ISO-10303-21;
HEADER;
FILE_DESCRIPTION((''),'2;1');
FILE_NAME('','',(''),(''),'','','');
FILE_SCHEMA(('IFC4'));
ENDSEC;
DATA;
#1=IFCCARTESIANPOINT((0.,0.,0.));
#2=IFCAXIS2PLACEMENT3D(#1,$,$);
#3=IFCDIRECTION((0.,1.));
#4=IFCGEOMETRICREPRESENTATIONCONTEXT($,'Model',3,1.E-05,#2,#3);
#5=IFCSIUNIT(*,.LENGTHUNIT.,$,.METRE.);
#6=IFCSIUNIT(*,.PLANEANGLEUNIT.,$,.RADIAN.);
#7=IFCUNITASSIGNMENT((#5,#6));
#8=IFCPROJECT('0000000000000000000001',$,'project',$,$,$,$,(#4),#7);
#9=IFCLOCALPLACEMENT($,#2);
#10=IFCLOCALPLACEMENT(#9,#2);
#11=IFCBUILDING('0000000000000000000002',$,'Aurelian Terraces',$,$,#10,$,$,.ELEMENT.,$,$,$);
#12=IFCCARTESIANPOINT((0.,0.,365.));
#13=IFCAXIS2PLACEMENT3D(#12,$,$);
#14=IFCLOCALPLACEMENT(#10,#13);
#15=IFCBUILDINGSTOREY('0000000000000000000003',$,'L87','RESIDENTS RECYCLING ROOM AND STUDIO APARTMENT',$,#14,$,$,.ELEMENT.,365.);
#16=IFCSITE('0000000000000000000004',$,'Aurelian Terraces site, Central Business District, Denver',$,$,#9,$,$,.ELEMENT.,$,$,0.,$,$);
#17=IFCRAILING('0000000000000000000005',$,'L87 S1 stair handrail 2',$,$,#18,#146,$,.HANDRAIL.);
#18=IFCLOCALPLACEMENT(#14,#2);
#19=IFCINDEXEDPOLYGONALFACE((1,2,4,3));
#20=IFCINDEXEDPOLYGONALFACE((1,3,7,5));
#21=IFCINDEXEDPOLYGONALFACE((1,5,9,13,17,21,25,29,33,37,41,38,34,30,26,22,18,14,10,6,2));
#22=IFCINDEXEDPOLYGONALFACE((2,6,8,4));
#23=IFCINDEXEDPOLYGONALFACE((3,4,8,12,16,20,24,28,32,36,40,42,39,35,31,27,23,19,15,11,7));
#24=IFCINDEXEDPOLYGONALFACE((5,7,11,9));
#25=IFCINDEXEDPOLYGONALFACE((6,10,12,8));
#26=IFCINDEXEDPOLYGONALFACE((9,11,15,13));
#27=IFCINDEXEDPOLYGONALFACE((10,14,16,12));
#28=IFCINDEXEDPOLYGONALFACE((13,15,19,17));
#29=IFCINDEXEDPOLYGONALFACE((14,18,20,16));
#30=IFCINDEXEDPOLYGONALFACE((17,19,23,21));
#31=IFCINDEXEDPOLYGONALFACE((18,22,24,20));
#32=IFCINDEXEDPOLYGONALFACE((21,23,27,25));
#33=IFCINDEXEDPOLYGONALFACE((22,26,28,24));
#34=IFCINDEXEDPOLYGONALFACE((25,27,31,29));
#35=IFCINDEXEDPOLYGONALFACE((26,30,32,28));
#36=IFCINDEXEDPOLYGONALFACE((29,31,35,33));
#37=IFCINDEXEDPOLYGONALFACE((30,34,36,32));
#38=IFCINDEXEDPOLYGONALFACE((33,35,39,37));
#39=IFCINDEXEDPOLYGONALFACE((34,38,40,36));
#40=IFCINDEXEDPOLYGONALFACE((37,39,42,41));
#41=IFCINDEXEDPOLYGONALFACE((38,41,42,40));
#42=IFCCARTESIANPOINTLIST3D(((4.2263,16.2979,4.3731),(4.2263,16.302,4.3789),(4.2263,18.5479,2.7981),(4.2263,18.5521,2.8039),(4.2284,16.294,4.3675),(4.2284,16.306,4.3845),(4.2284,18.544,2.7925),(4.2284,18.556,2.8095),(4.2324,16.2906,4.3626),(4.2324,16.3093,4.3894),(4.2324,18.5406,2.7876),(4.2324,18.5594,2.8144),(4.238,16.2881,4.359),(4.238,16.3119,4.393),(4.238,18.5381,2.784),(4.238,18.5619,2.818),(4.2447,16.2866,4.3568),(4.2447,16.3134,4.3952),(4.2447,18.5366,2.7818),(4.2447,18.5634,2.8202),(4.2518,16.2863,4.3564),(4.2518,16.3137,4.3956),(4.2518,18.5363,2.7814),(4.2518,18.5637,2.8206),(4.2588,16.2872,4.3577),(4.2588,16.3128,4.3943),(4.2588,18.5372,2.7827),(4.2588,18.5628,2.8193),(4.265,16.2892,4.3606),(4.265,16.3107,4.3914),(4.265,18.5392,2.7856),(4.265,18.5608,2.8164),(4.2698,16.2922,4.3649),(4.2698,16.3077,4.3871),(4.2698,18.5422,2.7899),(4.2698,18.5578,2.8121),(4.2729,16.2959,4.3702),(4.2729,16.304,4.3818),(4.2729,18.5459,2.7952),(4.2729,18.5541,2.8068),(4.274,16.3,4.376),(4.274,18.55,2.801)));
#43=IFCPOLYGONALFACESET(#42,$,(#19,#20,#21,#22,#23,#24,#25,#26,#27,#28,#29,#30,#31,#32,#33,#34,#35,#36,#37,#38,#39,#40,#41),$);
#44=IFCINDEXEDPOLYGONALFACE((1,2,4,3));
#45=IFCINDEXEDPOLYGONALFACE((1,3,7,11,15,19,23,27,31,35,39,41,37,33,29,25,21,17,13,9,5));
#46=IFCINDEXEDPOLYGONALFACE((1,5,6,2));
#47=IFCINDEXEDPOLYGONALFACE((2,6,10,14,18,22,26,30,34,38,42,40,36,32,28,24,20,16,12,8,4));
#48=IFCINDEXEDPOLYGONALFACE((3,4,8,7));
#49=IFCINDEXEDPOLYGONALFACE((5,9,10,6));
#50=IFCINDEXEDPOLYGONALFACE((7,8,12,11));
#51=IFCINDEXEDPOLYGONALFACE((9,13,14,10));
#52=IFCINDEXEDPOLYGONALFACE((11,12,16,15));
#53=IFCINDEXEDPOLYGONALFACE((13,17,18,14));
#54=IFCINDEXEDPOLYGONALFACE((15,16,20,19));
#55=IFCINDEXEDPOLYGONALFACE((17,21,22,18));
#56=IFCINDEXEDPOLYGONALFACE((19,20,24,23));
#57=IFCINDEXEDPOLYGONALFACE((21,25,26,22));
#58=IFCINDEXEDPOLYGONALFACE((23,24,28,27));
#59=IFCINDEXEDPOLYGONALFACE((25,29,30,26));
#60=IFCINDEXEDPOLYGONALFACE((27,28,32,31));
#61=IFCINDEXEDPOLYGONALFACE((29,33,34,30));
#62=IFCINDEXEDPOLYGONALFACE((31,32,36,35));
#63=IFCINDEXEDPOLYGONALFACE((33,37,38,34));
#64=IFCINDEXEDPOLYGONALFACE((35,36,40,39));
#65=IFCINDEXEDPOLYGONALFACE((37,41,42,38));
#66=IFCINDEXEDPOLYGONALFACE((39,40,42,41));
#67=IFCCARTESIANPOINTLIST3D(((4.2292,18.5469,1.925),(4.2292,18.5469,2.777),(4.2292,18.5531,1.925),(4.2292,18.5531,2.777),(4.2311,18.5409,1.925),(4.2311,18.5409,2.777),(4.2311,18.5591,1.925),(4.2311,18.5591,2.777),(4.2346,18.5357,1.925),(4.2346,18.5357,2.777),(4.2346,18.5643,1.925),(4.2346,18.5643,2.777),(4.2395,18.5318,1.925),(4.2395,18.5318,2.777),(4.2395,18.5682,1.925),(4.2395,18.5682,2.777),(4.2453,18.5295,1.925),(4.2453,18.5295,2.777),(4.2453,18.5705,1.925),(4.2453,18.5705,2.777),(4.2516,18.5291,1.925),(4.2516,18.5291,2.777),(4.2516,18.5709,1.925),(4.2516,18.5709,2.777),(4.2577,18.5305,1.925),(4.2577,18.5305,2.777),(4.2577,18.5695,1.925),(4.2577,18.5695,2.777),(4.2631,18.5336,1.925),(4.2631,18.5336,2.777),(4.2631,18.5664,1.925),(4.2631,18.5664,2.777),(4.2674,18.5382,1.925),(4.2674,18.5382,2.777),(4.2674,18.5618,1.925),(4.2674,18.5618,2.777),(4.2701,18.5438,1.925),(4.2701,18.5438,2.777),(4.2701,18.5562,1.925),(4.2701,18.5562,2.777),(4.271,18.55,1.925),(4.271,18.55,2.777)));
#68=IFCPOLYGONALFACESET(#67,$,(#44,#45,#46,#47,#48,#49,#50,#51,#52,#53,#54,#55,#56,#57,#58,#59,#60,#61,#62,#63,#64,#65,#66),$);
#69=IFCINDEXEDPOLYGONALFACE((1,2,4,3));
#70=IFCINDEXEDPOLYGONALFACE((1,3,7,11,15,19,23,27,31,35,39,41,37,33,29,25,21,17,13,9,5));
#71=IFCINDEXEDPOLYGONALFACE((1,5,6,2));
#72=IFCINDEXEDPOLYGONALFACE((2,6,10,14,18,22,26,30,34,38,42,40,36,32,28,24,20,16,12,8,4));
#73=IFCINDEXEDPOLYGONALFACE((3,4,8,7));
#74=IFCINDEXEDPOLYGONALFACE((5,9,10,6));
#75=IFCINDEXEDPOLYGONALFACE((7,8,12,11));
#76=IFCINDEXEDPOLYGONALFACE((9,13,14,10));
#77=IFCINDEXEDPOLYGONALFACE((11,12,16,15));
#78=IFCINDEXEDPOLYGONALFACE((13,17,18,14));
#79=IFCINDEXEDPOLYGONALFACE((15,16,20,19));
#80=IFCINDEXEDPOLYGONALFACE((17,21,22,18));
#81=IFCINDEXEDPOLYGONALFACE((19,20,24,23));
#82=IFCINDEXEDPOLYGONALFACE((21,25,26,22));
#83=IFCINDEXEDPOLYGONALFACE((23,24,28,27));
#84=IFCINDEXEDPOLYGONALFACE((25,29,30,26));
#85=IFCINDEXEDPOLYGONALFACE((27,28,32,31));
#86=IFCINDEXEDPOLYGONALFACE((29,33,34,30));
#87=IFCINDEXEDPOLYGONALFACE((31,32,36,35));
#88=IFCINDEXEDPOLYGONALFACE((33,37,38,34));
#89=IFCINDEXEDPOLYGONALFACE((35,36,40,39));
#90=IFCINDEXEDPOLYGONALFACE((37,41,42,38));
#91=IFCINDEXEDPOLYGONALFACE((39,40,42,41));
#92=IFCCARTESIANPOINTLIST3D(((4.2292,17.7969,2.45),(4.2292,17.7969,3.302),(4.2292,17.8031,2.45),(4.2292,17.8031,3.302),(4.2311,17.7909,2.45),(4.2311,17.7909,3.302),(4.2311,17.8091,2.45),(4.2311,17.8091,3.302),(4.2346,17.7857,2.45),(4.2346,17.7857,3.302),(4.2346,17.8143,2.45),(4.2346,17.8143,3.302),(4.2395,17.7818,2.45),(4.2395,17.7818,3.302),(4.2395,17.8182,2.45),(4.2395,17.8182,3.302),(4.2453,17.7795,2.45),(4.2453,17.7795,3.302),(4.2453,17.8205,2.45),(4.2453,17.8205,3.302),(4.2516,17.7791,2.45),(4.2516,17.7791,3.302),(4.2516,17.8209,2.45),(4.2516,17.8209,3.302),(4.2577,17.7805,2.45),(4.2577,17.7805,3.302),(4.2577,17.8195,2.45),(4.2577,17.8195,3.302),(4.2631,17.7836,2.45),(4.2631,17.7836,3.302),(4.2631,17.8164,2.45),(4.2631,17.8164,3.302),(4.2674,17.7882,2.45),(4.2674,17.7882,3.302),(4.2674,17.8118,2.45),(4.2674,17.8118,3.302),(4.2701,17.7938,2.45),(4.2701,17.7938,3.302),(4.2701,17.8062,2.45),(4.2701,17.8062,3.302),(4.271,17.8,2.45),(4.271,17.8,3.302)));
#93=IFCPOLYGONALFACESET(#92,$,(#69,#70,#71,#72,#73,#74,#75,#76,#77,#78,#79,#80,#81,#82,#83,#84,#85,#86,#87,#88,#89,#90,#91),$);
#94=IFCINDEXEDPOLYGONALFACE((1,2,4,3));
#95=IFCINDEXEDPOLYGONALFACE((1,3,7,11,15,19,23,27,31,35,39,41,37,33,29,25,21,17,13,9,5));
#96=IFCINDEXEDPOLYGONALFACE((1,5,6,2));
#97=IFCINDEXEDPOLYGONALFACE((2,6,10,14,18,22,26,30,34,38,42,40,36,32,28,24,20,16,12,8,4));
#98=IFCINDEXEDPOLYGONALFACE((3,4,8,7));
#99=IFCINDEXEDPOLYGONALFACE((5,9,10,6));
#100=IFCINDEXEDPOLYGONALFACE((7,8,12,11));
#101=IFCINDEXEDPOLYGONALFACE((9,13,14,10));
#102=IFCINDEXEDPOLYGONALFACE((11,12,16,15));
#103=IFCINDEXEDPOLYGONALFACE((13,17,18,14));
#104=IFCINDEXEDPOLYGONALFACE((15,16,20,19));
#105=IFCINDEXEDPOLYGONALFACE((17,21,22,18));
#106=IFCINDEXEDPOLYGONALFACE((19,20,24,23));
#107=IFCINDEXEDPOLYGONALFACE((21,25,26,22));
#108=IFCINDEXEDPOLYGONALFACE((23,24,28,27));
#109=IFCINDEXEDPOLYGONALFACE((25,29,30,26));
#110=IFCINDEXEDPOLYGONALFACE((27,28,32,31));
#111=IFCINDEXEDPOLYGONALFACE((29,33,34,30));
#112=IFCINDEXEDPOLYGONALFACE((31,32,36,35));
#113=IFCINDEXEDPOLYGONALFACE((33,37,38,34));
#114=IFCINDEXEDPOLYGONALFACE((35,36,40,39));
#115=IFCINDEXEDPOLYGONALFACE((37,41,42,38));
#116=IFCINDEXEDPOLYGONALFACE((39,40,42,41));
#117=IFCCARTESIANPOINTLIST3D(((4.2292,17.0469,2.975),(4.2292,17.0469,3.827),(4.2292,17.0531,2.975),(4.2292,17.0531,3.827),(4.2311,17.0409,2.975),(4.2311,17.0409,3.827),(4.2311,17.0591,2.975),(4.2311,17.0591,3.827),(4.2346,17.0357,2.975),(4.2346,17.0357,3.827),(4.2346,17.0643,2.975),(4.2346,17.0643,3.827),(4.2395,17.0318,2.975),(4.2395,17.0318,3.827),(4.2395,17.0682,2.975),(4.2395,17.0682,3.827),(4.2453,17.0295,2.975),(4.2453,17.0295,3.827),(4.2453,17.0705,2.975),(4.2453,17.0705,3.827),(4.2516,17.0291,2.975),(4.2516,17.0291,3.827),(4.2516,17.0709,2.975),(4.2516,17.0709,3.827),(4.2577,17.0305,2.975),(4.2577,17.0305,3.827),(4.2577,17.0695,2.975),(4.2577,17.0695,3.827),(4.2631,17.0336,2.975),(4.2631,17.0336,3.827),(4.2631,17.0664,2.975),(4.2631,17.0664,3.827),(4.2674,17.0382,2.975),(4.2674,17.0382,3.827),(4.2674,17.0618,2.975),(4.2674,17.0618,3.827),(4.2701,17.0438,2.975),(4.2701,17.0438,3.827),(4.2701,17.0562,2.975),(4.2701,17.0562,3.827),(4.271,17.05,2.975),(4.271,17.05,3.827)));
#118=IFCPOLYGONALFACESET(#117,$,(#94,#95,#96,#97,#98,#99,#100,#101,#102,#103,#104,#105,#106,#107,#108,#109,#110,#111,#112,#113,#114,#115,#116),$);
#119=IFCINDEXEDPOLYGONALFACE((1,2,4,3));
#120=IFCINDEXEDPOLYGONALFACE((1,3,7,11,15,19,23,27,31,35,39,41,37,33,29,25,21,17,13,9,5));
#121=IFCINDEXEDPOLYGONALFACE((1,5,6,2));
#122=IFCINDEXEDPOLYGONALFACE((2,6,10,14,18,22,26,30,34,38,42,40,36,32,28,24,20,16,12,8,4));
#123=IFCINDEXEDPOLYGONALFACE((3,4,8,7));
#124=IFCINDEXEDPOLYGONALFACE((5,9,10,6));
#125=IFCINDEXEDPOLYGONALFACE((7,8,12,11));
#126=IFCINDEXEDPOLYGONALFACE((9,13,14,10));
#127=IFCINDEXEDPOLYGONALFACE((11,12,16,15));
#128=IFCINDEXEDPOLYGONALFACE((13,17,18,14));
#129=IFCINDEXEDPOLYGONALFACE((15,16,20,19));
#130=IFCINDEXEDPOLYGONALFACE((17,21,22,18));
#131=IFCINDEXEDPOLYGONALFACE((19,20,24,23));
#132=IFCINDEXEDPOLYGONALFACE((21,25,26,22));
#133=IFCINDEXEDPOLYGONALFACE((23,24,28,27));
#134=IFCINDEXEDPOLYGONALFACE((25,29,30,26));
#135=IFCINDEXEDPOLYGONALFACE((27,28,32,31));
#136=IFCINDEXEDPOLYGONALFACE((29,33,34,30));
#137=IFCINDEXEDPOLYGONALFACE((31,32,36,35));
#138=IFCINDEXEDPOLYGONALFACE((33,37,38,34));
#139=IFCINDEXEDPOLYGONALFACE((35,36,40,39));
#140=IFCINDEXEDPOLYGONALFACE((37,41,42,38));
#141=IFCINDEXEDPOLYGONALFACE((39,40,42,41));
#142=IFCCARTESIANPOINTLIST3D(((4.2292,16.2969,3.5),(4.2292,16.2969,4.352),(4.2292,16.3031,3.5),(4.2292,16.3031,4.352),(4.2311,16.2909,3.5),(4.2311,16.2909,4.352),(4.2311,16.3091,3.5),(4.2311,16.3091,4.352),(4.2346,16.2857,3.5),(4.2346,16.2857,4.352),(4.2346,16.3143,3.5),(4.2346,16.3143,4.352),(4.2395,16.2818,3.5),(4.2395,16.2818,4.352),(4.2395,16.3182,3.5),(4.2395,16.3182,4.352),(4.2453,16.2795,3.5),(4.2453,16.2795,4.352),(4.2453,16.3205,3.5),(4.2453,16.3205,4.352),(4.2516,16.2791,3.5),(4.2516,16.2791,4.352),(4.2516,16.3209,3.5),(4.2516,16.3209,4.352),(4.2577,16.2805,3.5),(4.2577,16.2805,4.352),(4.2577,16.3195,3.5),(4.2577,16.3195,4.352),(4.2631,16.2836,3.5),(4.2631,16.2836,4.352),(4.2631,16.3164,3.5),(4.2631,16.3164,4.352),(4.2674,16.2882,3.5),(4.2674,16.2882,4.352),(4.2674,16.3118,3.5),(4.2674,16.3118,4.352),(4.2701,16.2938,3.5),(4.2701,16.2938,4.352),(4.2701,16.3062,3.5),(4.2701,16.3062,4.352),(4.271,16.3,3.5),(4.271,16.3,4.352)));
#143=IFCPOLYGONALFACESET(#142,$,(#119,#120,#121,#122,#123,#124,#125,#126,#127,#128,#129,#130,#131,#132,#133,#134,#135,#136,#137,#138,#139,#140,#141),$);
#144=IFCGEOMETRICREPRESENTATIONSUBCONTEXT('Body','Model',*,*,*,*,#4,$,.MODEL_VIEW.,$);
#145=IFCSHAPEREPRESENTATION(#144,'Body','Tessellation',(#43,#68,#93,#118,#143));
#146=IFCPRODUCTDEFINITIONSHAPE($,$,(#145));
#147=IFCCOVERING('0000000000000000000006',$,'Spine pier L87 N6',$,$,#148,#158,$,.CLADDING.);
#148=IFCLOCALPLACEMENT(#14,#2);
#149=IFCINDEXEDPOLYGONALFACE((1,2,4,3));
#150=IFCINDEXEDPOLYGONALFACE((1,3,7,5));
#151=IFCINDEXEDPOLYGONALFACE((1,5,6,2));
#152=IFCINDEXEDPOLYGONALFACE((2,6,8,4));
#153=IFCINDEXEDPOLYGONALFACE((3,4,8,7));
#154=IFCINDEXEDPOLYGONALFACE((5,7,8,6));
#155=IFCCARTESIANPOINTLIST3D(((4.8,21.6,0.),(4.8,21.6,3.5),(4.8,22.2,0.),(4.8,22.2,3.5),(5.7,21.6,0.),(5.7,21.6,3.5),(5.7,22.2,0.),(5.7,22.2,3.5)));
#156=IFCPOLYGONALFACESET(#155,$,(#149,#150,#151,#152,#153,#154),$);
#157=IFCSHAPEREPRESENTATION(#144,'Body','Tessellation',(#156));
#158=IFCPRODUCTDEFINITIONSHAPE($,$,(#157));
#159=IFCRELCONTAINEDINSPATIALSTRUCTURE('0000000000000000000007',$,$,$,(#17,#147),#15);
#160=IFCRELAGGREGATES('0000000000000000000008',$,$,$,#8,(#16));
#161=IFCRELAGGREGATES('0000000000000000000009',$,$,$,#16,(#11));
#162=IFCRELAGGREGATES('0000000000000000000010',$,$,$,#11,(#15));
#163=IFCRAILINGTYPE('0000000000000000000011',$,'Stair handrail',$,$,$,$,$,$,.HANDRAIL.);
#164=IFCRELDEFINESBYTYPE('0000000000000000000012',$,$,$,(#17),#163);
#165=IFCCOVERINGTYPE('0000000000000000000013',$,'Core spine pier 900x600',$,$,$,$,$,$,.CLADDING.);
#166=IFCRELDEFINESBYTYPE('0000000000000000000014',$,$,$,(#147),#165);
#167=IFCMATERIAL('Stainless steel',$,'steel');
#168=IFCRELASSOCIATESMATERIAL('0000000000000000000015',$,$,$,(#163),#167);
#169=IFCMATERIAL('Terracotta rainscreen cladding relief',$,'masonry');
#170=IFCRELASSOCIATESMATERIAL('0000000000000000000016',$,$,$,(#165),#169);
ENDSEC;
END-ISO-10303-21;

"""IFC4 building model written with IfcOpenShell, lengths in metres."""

from ifc_helpers import new_model, si_unit, direction, frame, origin, origin_2d, place, context, subcontext, project, spatial, rectangle, circle, extrude, source, transform, mapped, material, type_object, element, save


model = new_model("IFC4")

# Units and contexts
model_context = context("Model", 3, precision=1e-05, world=origin(), true_north=direction((0.0, 1.0)))
body_context = subcontext(model_context, "Body", "Model", "MODEL_VIEW")
ifc_project = project(units=[si_unit("LENGTHUNIT", "METRE"), si_unit("PLANEANGLEUNIT", "RADIAN")], contexts=[model_context])

# Site, building, storey
site_placement = place(None, origin())
site = spatial("IfcSite", under=ifc_project, at=site_placement, Name="Aurelian Terraces site, Central Business District, Denver", CompositionType="ELEMENT", RefElevation=0.0)
building_placement = place(site_placement, origin())
building = spatial("IfcBuilding", under=site, at=building_placement, Name="Aurelian Terraces", CompositionType="ELEMENT")
storey_placement = place(building_placement, frame((0.0, 0.0, 365.0)))
storey = spatial("IfcBuildingStorey", under=building, at=storey_placement, Name="L87", Description="RESIDENTS RECYCLING ROOM AND STUDIO APARTMENT", CompositionType="ELEMENT", Elevation=365.0)

# Railing
ifc_material_1 = material(Name="Stainless steel", Category="steel")
railing_type_1 = type_object("IfcRailingType", Name="Stair handrail", PredefinedType="HANDRAIL", material=ifc_material_1)
shared_shape_1 = source(origin(), body_context, "Body", "SweptSolid", [
    extrude(circle(Radius=0.024, at=origin_2d()), frame((0.0, 0.0, 0.876), z_axis=(0.0, -0.819232, 0.573462), x_axis=(1.0, 0.0, 0.0)), (0.0, 0.0, 1.0), 2.7465),
    extrude(circle(Radius=0.021, at=origin_2d()), origin(), (0.0, 0.0, 1.0), 0.852),
    extrude(circle(Radius=0.021, at=origin_2d()), frame((0.0, -0.75, 0.525)), (0.0, 0.0, 1.0), 0.852),
    extrude(circle(Radius=0.021, at=origin_2d()), frame((0.0, -1.5, 1.05)), (0.0, 0.0, 1.0), 0.852),
    extrude(circle(Radius=0.021, at=origin_2d()), frame((0.0, -2.25, 1.575)), (0.0, 0.0, 1.0), 0.852),
])
railing_1_placement = place(storey_placement, frame((4.25, 18.55, 1.925)))
element("IfcRailing", 1, at=railing_1_placement, inside=storey, type_object=railing_type_1, Name="L87 S1 stair handrail 2", PredefinedType="HANDRAIL", context=body_context, shape_type="MappedRepresentation", body=[
    mapped(shared_shape_1, transform((0.0, 0.0, 0.0), scale=1.0)),
])

# Covering
ifc_material_2 = material(Name="Terracotta rainscreen cladding relief", Category="masonry")
covering_type_1 = type_object("IfcCoveringType", Name="Core spine pier 900x600", PredefinedType="CLADDING", material=ifc_material_2)
shared_shape_2 = source(origin(), body_context, "Body", "SweptSolid", [
    extrude(rectangle(XDim=0.9, YDim=0.6, at=origin_2d()), origin(), (0.0, 0.0, 1.0), 3.5),
])
covering_1_placement = place(storey_placement, frame((5.25, 21.9, 0.0), z_axis=(0.0, 0.0, 1.0), x_axis=(1.0, 0.0, 0.0)))
element("IfcCovering", 2, at=covering_1_placement, inside=storey, type_object=covering_type_1, Name="Spine pier L87 N6", PredefinedType="CLADDING", context=body_context, shape_type="MappedRepresentation", body=[
    mapped(shared_shape_2, transform((0.0, 0.0, 0.0), scale=1.0)),
])

save(model, "model.ifc")
